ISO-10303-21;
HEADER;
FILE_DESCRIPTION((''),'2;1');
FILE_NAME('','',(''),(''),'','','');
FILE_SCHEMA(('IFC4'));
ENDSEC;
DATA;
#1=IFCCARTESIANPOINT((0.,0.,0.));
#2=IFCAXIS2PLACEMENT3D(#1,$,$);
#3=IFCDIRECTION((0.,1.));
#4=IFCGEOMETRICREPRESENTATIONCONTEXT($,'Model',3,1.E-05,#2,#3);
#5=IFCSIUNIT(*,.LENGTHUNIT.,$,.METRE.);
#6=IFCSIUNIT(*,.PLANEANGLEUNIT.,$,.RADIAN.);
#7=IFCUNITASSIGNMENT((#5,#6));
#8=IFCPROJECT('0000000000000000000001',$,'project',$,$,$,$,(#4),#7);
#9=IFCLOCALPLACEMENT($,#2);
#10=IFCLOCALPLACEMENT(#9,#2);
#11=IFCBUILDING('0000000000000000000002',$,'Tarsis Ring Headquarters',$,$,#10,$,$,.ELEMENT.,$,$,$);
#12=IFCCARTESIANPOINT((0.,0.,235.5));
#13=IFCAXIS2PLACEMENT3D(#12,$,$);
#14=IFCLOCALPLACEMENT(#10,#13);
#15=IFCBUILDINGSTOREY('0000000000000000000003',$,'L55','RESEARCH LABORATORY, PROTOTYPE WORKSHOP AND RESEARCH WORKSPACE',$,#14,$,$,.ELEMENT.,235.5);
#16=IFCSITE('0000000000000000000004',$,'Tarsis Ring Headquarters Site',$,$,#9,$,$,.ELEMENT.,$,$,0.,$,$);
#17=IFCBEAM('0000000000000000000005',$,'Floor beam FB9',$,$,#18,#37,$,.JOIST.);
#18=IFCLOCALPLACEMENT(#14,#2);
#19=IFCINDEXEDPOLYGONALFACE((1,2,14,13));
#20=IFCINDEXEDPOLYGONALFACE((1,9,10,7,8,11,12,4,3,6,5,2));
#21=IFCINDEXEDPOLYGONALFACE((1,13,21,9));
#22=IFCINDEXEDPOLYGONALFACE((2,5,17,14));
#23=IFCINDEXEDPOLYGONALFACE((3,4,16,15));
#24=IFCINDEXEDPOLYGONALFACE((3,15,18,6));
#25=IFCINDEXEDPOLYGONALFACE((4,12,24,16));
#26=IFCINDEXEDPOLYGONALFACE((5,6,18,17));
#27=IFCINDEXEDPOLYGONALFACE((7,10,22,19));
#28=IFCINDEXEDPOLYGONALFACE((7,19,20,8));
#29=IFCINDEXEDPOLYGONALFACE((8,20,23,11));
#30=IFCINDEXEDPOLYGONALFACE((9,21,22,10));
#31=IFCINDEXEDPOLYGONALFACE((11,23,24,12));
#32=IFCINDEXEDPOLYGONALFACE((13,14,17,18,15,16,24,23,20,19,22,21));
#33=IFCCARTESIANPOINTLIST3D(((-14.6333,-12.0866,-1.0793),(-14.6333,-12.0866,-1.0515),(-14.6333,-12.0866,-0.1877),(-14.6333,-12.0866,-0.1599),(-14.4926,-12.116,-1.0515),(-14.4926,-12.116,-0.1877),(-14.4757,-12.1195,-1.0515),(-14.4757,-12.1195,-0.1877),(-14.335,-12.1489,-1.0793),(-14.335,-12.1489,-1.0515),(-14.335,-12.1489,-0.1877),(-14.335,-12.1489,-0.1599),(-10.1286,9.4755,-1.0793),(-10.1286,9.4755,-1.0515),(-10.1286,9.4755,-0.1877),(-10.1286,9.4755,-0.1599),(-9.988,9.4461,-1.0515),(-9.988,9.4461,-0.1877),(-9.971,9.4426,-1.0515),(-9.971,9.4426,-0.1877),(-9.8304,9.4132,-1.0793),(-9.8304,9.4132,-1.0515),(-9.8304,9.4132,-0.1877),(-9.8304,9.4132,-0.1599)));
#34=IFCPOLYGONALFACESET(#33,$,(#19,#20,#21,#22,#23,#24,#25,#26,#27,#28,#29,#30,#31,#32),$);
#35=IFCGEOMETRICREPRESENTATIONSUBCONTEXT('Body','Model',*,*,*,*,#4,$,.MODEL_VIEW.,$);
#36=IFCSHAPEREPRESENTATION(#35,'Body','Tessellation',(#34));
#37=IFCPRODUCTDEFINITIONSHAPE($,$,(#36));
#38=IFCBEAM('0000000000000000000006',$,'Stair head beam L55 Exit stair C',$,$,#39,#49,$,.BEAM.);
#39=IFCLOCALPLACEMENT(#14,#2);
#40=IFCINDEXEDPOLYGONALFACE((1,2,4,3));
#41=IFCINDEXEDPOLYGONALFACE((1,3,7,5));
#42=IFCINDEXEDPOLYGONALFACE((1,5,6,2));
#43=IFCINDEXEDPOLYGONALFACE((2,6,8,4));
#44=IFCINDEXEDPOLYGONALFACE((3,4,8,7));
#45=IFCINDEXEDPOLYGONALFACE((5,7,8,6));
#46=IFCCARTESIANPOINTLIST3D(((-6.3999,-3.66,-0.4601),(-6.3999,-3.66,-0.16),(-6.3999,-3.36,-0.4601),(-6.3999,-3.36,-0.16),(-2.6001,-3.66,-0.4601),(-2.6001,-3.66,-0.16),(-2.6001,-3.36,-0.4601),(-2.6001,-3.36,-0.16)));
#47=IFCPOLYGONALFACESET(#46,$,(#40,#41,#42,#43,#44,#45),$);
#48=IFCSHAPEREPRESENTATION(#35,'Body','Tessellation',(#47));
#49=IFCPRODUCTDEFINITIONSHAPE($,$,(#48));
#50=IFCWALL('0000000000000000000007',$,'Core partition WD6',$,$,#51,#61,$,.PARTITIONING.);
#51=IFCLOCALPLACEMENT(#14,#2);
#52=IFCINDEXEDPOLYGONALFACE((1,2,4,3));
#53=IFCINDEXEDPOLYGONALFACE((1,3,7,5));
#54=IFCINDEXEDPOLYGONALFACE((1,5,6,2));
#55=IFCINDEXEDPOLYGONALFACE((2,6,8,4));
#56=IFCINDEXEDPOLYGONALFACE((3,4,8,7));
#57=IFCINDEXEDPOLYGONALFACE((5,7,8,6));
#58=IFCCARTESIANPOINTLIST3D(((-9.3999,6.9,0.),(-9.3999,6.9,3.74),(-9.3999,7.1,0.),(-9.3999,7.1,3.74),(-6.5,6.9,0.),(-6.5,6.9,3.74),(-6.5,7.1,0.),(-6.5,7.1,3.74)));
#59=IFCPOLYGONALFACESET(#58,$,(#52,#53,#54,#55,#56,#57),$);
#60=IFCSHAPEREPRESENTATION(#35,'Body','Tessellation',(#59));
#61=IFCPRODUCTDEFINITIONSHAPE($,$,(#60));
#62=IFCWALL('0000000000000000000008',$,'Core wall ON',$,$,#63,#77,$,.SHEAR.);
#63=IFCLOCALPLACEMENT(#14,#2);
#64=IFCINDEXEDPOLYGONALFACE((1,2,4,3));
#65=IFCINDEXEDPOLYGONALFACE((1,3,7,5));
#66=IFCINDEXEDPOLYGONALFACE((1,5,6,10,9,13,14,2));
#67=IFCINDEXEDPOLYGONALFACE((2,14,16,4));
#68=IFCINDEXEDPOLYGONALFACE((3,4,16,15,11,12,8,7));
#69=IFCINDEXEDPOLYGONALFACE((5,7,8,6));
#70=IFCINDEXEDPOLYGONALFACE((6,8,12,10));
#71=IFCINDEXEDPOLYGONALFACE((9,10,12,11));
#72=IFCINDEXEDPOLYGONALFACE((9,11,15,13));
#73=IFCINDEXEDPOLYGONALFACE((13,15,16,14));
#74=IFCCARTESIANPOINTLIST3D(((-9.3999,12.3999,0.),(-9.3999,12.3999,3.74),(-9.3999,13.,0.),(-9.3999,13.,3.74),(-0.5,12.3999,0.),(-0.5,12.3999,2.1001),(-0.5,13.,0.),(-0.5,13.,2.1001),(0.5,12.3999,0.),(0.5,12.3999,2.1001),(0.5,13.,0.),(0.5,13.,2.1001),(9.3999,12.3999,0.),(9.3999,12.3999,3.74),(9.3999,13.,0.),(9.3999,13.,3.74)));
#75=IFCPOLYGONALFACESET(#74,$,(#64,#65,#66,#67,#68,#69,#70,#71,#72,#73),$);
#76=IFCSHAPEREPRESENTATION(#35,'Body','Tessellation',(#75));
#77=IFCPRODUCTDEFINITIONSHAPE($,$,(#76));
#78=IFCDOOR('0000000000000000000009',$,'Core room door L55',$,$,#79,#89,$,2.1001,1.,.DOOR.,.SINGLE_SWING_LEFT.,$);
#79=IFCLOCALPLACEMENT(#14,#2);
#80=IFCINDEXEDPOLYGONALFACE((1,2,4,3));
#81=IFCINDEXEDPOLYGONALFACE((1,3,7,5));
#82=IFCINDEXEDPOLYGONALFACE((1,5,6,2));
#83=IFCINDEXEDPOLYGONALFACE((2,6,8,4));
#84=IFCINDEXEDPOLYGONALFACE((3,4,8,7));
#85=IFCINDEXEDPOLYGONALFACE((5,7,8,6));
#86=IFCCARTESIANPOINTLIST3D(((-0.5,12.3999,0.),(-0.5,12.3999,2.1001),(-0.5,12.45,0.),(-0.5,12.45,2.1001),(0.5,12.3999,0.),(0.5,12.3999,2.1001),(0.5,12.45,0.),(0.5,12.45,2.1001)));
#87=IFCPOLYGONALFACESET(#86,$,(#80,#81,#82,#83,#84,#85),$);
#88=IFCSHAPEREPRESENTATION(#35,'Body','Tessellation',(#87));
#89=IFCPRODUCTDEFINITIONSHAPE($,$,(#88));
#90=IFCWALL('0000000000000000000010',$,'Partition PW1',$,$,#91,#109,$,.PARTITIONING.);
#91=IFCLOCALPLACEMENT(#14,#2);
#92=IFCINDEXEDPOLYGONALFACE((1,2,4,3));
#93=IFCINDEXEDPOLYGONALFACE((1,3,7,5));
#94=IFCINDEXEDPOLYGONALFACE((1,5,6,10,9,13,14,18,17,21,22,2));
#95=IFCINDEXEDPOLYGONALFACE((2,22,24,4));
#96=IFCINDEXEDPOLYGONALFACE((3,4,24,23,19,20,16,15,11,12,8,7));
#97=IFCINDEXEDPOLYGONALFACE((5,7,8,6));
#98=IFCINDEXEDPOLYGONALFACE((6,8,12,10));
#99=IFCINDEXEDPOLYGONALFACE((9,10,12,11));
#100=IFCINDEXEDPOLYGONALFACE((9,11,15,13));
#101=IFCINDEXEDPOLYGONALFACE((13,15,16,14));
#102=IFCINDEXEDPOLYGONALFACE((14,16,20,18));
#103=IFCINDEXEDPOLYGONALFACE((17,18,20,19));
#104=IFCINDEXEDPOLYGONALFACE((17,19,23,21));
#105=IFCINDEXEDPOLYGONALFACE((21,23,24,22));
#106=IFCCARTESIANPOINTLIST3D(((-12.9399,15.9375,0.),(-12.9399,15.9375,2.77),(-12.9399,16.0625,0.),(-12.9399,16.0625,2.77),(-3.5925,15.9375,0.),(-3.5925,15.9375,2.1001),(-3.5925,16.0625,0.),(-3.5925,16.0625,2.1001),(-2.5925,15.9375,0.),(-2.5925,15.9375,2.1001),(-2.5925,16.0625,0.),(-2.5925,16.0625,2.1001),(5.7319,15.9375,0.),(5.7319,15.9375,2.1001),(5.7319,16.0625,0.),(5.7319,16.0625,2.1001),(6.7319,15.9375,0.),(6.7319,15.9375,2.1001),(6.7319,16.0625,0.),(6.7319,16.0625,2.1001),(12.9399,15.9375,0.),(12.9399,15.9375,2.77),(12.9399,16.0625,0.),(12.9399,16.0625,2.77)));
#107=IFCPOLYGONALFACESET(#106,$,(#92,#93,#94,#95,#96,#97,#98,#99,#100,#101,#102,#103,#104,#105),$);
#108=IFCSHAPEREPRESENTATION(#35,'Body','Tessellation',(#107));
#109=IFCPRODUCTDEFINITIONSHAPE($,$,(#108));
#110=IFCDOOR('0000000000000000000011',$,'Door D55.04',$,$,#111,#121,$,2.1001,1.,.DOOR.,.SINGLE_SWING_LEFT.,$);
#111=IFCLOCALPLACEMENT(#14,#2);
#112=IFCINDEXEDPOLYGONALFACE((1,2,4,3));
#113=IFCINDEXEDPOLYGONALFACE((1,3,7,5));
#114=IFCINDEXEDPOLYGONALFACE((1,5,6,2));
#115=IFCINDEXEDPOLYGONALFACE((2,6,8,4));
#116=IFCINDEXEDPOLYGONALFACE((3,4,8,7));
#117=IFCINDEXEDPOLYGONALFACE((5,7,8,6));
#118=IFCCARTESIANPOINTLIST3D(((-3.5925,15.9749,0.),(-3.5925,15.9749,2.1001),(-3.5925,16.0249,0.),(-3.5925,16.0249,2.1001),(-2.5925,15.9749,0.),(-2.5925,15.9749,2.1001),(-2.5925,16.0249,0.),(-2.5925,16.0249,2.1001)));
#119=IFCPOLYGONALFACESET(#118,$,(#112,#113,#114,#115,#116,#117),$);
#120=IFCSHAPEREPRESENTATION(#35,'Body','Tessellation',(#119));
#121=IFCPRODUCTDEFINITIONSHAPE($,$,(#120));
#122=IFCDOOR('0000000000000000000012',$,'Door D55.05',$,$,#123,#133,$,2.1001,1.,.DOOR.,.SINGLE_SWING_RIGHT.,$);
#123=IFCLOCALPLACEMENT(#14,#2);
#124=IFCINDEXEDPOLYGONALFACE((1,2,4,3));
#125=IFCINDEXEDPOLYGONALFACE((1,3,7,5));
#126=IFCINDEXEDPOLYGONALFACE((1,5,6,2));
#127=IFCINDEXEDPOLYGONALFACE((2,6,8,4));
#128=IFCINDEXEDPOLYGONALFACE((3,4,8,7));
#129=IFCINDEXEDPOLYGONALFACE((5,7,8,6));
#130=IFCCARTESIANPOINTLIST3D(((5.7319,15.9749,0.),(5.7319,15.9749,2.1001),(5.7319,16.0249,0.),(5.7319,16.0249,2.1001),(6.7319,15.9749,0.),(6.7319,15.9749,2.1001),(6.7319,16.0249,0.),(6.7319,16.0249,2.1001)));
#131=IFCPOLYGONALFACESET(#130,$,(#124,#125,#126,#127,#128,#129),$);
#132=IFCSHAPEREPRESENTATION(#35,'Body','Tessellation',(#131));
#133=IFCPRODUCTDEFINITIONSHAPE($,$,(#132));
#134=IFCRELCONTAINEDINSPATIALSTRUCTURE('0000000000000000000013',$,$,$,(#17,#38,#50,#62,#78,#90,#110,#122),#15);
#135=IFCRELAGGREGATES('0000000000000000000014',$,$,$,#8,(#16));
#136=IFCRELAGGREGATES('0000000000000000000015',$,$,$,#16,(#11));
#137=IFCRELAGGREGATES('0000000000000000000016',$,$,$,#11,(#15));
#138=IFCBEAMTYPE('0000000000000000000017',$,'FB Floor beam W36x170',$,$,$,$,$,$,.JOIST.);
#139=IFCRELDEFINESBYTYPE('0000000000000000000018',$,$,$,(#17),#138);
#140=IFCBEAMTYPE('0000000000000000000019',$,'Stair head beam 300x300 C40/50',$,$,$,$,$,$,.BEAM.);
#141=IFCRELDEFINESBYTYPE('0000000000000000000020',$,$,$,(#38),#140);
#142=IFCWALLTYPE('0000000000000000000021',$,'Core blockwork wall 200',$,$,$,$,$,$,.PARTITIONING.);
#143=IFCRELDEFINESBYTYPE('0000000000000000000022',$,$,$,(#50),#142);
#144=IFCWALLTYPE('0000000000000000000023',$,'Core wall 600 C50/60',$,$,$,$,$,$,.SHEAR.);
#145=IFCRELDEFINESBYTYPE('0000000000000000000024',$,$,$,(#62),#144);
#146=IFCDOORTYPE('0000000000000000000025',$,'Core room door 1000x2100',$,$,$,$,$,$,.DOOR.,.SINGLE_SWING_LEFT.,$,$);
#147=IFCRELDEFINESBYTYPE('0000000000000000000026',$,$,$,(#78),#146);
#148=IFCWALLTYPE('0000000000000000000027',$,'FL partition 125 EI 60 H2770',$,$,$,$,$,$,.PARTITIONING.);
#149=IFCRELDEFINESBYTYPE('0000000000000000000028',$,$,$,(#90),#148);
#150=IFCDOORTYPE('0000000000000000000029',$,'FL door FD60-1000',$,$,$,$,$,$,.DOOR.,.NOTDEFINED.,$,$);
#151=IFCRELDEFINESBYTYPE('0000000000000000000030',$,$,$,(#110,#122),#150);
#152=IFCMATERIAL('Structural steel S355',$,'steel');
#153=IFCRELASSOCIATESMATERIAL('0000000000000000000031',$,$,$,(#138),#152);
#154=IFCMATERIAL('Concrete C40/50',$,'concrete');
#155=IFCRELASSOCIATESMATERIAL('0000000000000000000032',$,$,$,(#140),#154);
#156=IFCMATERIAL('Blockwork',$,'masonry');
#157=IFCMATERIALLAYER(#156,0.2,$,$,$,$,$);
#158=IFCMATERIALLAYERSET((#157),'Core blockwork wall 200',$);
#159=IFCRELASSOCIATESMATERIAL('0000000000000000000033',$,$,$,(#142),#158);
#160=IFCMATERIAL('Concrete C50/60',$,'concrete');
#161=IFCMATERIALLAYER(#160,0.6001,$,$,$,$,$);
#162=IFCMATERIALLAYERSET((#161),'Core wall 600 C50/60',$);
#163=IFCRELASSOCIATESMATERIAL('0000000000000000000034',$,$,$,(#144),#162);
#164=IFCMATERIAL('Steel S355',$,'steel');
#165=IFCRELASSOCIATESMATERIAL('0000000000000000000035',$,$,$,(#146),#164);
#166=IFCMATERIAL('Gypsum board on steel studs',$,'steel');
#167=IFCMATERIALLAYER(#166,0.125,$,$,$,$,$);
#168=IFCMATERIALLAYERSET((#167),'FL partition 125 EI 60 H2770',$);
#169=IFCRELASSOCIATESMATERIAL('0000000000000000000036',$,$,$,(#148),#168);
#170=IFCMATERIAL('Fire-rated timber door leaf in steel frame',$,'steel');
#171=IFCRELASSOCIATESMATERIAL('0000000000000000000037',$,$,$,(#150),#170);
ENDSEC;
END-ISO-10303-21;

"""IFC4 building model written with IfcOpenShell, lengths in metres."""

from ifc_helpers import new_model, si_unit, direction, frame, frame_2d, origin, origin_2d, place, context, subcontext, project, spatial, rectangle, i_section, extrude, material, layer, layer_set, material_profile, profile_set, type_object, element, fill, save


model = new_model("IFC4")

# Units and contexts
model_context = context("Model", 3, precision=1e-05, world=origin(), true_north=direction((0.0, 1.0)))
body_context = subcontext(model_context, "Body", "Model", "MODEL_VIEW")
ifc_project = project(units=[si_unit("LENGTHUNIT", "METRE"), si_unit("PLANEANGLEUNIT", "RADIAN")], contexts=[model_context])

# Site, building, storey
site_placement = place(None, origin())
site = spatial("IfcSite", under=ifc_project, at=site_placement, Name="Tarsis Ring Headquarters Site", CompositionType="ELEMENT", RefElevation=0.0)
building_placement = place(site_placement, origin())
building = spatial("IfcBuilding", under=site, at=building_placement, Name="Tarsis Ring Headquarters", CompositionType="ELEMENT")
storey_placement = place(building_placement, frame((0.0, 0.0, 235.5)))
storey = spatial("IfcBuildingStorey", under=building, at=storey_placement, Name="L55", Description="RESEARCH LABORATORY, PROTOTYPE WORKSHOP AND RESEARCH WORKSPACE", CompositionType="ELEMENT", Elevation=235.5)

# Beams
ifc_material_1 = material(Name="Structural steel S355", Category="steel")
ifc_material_profile_1 = material_profile(ifc_material_1, i_section(OverallWidth=0.3047, OverallDepth=0.9194, WebThickness=0.0173, FlangeThickness=0.0278, at=origin_2d()), Name="W36x170")
ifc_profile_set_1 = profile_set([ifc_material_profile_1], Name="Structural steel S355")
beam_type_1 = type_object("IfcBeamType", Name="FB Floor beam W36x170", PredefinedType="JOIST", material=ifc_profile_set_1)
beam_1_placement = place(storey_placement, frame((-9.9795, 9.4443, -0.6196), z_axis=(-0.2045, -0.978866, 0.0), x_axis=(0.978866, -0.2045, 0.0)))
element("IfcBeam", 1, at=beam_1_placement, inside=storey, type_object=beam_type_1, Name="Floor beam FB9", PredefinedType="JOIST", context=body_context, shape_type="SweptSolid", body=[
    extrude(i_section(OverallWidth=0.3047, OverallDepth=0.9194, WebThickness=0.0173, FlangeThickness=0.0278, at=origin_2d()), origin(), (0.0, 0.0, 1.0), 22.0276),
])
ifc_material_2 = material(Name="Concrete C40/50", Category="concrete")
ifc_material_profile_2 = material_profile(ifc_material_2, rectangle(XDim=0.3, YDim=0.3, at=origin_2d()), Name="Stair head beam 300x300 C40/50")
ifc_profile_set_2 = profile_set([ifc_material_profile_2], Name="Concrete C40/50")
beam_type_2 = type_object("IfcBeamType", Name="Stair head beam 300x300 C40/50", PredefinedType="BEAM", material=ifc_profile_set_2)
beam_2_placement = place(storey_placement, frame((-6.3999, -3.51, -0.3101), z_axis=(1.0, 0.0, 0.0), x_axis=(0.0, 1.0, 0.0)))
element("IfcBeam", 2, at=beam_2_placement, inside=storey, type_object=beam_type_2, Name="Stair head beam L55 Exit stair C", PredefinedType="BEAM", context=body_context, shape_type="SweptSolid", body=[
    extrude(rectangle(XDim=0.3, YDim=0.3, at=origin_2d()), origin(), (0.0, 0.0, 1.0), 3.7998),
])

# Wall
ifc_material_3 = material(Name="Blockwork", Category="masonry")
ifc_layer_1 = layer(ifc_material_3, 0.2)
ifc_layer_set_1 = layer_set([ifc_layer_1], Name="Core blockwork wall 200")
wall_type_1 = type_object("IfcWallType", Name="Core blockwork wall 200", PredefinedType="PARTITIONING", material=ifc_layer_set_1)
wall_1_placement = place(storey_placement, frame((-9.3999, 7.0, 0.0), z_axis=(0.0, 0.0, 1.0), x_axis=(1.0, 0.0, 0.0)))
element("IfcWall", 3, at=wall_1_placement, inside=storey, type_object=wall_type_1, Name="Core partition WD6", PredefinedType="PARTITIONING", context=body_context, shape_type="SweptSolid", body=[
    extrude(rectangle(XDim=2.8999, YDim=0.2, at=frame_2d((1.45, 0.0))), origin(), (0.0, 0.0, 1.0), 3.74),
])

# Wall, opening, door
ifc_material_4 = material(Name="Concrete C50/60", Category="concrete")
ifc_layer_2 = layer(ifc_material_4, 0.6001)
ifc_layer_set_2 = layer_set([ifc_layer_2], Name="Core wall 600 C50/60")
wall_type_2 = type_object("IfcWallType", Name="Core wall 600 C50/60", PredefinedType="SHEAR", material=ifc_layer_set_2)
wall_2_placement = place(storey_placement, frame((-9.3999, 12.7, 0.0), z_axis=(0.0, 0.0, 1.0), x_axis=(1.0, 0.0, 0.0)))
wall_2 = element("IfcWall", 4, at=wall_2_placement, inside=storey, type_object=wall_type_2, Name="Core wall ON", PredefinedType="SHEAR", context=body_context, shape_type="SweptSolid", body=[
    extrude(rectangle(XDim=18.7998, YDim=0.6001, at=frame_2d((9.3999, 0.0))), origin(), (0.0, 0.0, 1.0), 3.74),
])
opening_1_placement = place(wall_2_placement, frame((8.8999, 0.0, 0.0)))
opening_1 = element("IfcOpeningElement", 5, at=opening_1_placement, cuts=wall_2, PredefinedType="OPENING", context=body_context, shape_type="SweptSolid", body=[
    extrude(rectangle(XDim=1.0, YDim=2.1001, at=frame_2d((0.5, 1.05))), frame((0.0, 0.3101, 0.0), z_axis=(0.0, -1.0, 0.0), x_axis=(1.0, 0.0, 0.0)), (0.0, 0.0, 1.0), 0.6201),
])
ifc_material_5 = material(Name="Steel S355", Category="steel")
door_type_1 = type_object("IfcDoorType", Name="Core room door 1000x2100", OperationType="SINGLE_SWING_LEFT", PredefinedType="DOOR", material=ifc_material_5)
door_1_placement = place(opening_1_placement, origin())
door_1 = element("IfcDoor", 6, at=door_1_placement, inside=storey, type_object=door_type_1, Name="Core room door L55", OperationType="SINGLE_SWING_LEFT", OverallHeight=2.1001, OverallWidth=1.0, PredefinedType="DOOR", context=body_context, shape_type="SweptSolid", body=[
    extrude(rectangle(XDim=1.0, YDim=2.1001, at=frame_2d((0.5, 1.05))), frame((0.0, -0.25, 0.0), z_axis=(0.0, -1.0, 0.0), x_axis=(1.0, 0.0, 0.0)), (0.0, 0.0, 1.0), 0.05),
])
fill(opening_1, door_1)

# Wall, openings, doors
ifc_material_6 = material(Name="Gypsum board on steel studs", Category="steel")
ifc_layer_3 = layer(ifc_material_6, 0.125)
ifc_layer_set_3 = layer_set([ifc_layer_3], Name="FL partition 125 EI 60 H2770")
wall_type_3 = type_object("IfcWallType", Name="FL partition 125 EI 60 H2770", PredefinedType="PARTITIONING", material=ifc_layer_set_3)
wall_3_placement = place(storey_placement, frame((-12.9399, 16.0, 0.0), z_axis=(0.0, 0.0, 1.0), x_axis=(1.0, 0.0, 0.0)))
wall_3 = element("IfcWall", 7, at=wall_3_placement, inside=storey, type_object=wall_type_3, Name="Partition PW1", PredefinedType="PARTITIONING", context=body_context, shape_type="SweptSolid", body=[
    extrude(rectangle(XDim=25.8799, YDim=0.125, at=frame_2d((12.9399, 0.0))), origin(), (0.0, 0.0, 1.0), 2.77),
])
opening_2_placement = place(wall_3_placement, frame((9.3474, 0.0, 0.0)))
opening_2 = element("IfcOpeningElement", 8, at=opening_2_placement, cuts=wall_3, PredefinedType="OPENING", context=body_context, shape_type="SweptSolid", body=[
    extrude(rectangle(XDim=1.0, YDim=2.1001, at=frame_2d((0.5, 1.05))), frame((0.0, 0.0725, 0.0), z_axis=(0.0, -1.0, 0.0), x_axis=(1.0, 0.0, 0.0)), (0.0, 0.0, 1.0), 0.145),
])
opening_3_placement = place(wall_3_placement, frame((18.6719, 0.0, 0.0)))
opening_3 = element("IfcOpeningElement", 9, at=opening_3_placement, cuts=wall_3, PredefinedType="OPENING", context=body_context, shape_type="SweptSolid", body=[
    extrude(rectangle(XDim=1.0, YDim=2.1001, at=frame_2d((0.5, 1.05))), frame((0.0, 0.0725, 0.0), z_axis=(0.0, -1.0, 0.0), x_axis=(1.0, 0.0, 0.0)), (0.0, 0.0, 1.0), 0.145),
])
ifc_material_7 = material(Name="Fire-rated timber door leaf in steel frame", Category="steel")
door_type_2 = type_object("IfcDoorType", Name="FL door FD60-1000", OperationType="NOTDEFINED", PredefinedType="DOOR", material=ifc_material_7)
door_2_placement = place(opening_2_placement, origin())
door_2 = element("IfcDoor", 10, at=door_2_placement, inside=storey, type_object=door_type_2, Name="Door D55.04", OperationType="SINGLE_SWING_LEFT", OverallHeight=2.1001, OverallWidth=1.0, PredefinedType="DOOR", context=body_context, shape_type="SweptSolid", body=[
    extrude(rectangle(XDim=1.0, YDim=2.1001, at=frame_2d((0.5, 1.05))), frame((0.0, 0.0249, 0.0), z_axis=(0.0, -1.0, 0.0), x_axis=(1.0, 0.0, 0.0)), (0.0, 0.0, 1.0), 0.05),
])
fill(opening_2, door_2)
door_3_placement = place(opening_3_placement, origin())
door_3 = element("IfcDoor", 11, at=door_3_placement, inside=storey, type_object=door_type_2, Name="Door D55.05", OperationType="SINGLE_SWING_RIGHT", OverallHeight=2.1001, OverallWidth=1.0, PredefinedType="DOOR", context=body_context, shape_type="SweptSolid", body=[
    extrude(rectangle(XDim=1.0, YDim=2.1001, at=frame_2d((0.5, 1.05))), frame((0.0, 0.0249, 0.0), z_axis=(0.0, -1.0, 0.0), x_axis=(1.0, 0.0, 0.0)), (0.0, 0.0, 1.0), 0.05),
])
fill(opening_3, door_3)

save(model, "model.ifc")
